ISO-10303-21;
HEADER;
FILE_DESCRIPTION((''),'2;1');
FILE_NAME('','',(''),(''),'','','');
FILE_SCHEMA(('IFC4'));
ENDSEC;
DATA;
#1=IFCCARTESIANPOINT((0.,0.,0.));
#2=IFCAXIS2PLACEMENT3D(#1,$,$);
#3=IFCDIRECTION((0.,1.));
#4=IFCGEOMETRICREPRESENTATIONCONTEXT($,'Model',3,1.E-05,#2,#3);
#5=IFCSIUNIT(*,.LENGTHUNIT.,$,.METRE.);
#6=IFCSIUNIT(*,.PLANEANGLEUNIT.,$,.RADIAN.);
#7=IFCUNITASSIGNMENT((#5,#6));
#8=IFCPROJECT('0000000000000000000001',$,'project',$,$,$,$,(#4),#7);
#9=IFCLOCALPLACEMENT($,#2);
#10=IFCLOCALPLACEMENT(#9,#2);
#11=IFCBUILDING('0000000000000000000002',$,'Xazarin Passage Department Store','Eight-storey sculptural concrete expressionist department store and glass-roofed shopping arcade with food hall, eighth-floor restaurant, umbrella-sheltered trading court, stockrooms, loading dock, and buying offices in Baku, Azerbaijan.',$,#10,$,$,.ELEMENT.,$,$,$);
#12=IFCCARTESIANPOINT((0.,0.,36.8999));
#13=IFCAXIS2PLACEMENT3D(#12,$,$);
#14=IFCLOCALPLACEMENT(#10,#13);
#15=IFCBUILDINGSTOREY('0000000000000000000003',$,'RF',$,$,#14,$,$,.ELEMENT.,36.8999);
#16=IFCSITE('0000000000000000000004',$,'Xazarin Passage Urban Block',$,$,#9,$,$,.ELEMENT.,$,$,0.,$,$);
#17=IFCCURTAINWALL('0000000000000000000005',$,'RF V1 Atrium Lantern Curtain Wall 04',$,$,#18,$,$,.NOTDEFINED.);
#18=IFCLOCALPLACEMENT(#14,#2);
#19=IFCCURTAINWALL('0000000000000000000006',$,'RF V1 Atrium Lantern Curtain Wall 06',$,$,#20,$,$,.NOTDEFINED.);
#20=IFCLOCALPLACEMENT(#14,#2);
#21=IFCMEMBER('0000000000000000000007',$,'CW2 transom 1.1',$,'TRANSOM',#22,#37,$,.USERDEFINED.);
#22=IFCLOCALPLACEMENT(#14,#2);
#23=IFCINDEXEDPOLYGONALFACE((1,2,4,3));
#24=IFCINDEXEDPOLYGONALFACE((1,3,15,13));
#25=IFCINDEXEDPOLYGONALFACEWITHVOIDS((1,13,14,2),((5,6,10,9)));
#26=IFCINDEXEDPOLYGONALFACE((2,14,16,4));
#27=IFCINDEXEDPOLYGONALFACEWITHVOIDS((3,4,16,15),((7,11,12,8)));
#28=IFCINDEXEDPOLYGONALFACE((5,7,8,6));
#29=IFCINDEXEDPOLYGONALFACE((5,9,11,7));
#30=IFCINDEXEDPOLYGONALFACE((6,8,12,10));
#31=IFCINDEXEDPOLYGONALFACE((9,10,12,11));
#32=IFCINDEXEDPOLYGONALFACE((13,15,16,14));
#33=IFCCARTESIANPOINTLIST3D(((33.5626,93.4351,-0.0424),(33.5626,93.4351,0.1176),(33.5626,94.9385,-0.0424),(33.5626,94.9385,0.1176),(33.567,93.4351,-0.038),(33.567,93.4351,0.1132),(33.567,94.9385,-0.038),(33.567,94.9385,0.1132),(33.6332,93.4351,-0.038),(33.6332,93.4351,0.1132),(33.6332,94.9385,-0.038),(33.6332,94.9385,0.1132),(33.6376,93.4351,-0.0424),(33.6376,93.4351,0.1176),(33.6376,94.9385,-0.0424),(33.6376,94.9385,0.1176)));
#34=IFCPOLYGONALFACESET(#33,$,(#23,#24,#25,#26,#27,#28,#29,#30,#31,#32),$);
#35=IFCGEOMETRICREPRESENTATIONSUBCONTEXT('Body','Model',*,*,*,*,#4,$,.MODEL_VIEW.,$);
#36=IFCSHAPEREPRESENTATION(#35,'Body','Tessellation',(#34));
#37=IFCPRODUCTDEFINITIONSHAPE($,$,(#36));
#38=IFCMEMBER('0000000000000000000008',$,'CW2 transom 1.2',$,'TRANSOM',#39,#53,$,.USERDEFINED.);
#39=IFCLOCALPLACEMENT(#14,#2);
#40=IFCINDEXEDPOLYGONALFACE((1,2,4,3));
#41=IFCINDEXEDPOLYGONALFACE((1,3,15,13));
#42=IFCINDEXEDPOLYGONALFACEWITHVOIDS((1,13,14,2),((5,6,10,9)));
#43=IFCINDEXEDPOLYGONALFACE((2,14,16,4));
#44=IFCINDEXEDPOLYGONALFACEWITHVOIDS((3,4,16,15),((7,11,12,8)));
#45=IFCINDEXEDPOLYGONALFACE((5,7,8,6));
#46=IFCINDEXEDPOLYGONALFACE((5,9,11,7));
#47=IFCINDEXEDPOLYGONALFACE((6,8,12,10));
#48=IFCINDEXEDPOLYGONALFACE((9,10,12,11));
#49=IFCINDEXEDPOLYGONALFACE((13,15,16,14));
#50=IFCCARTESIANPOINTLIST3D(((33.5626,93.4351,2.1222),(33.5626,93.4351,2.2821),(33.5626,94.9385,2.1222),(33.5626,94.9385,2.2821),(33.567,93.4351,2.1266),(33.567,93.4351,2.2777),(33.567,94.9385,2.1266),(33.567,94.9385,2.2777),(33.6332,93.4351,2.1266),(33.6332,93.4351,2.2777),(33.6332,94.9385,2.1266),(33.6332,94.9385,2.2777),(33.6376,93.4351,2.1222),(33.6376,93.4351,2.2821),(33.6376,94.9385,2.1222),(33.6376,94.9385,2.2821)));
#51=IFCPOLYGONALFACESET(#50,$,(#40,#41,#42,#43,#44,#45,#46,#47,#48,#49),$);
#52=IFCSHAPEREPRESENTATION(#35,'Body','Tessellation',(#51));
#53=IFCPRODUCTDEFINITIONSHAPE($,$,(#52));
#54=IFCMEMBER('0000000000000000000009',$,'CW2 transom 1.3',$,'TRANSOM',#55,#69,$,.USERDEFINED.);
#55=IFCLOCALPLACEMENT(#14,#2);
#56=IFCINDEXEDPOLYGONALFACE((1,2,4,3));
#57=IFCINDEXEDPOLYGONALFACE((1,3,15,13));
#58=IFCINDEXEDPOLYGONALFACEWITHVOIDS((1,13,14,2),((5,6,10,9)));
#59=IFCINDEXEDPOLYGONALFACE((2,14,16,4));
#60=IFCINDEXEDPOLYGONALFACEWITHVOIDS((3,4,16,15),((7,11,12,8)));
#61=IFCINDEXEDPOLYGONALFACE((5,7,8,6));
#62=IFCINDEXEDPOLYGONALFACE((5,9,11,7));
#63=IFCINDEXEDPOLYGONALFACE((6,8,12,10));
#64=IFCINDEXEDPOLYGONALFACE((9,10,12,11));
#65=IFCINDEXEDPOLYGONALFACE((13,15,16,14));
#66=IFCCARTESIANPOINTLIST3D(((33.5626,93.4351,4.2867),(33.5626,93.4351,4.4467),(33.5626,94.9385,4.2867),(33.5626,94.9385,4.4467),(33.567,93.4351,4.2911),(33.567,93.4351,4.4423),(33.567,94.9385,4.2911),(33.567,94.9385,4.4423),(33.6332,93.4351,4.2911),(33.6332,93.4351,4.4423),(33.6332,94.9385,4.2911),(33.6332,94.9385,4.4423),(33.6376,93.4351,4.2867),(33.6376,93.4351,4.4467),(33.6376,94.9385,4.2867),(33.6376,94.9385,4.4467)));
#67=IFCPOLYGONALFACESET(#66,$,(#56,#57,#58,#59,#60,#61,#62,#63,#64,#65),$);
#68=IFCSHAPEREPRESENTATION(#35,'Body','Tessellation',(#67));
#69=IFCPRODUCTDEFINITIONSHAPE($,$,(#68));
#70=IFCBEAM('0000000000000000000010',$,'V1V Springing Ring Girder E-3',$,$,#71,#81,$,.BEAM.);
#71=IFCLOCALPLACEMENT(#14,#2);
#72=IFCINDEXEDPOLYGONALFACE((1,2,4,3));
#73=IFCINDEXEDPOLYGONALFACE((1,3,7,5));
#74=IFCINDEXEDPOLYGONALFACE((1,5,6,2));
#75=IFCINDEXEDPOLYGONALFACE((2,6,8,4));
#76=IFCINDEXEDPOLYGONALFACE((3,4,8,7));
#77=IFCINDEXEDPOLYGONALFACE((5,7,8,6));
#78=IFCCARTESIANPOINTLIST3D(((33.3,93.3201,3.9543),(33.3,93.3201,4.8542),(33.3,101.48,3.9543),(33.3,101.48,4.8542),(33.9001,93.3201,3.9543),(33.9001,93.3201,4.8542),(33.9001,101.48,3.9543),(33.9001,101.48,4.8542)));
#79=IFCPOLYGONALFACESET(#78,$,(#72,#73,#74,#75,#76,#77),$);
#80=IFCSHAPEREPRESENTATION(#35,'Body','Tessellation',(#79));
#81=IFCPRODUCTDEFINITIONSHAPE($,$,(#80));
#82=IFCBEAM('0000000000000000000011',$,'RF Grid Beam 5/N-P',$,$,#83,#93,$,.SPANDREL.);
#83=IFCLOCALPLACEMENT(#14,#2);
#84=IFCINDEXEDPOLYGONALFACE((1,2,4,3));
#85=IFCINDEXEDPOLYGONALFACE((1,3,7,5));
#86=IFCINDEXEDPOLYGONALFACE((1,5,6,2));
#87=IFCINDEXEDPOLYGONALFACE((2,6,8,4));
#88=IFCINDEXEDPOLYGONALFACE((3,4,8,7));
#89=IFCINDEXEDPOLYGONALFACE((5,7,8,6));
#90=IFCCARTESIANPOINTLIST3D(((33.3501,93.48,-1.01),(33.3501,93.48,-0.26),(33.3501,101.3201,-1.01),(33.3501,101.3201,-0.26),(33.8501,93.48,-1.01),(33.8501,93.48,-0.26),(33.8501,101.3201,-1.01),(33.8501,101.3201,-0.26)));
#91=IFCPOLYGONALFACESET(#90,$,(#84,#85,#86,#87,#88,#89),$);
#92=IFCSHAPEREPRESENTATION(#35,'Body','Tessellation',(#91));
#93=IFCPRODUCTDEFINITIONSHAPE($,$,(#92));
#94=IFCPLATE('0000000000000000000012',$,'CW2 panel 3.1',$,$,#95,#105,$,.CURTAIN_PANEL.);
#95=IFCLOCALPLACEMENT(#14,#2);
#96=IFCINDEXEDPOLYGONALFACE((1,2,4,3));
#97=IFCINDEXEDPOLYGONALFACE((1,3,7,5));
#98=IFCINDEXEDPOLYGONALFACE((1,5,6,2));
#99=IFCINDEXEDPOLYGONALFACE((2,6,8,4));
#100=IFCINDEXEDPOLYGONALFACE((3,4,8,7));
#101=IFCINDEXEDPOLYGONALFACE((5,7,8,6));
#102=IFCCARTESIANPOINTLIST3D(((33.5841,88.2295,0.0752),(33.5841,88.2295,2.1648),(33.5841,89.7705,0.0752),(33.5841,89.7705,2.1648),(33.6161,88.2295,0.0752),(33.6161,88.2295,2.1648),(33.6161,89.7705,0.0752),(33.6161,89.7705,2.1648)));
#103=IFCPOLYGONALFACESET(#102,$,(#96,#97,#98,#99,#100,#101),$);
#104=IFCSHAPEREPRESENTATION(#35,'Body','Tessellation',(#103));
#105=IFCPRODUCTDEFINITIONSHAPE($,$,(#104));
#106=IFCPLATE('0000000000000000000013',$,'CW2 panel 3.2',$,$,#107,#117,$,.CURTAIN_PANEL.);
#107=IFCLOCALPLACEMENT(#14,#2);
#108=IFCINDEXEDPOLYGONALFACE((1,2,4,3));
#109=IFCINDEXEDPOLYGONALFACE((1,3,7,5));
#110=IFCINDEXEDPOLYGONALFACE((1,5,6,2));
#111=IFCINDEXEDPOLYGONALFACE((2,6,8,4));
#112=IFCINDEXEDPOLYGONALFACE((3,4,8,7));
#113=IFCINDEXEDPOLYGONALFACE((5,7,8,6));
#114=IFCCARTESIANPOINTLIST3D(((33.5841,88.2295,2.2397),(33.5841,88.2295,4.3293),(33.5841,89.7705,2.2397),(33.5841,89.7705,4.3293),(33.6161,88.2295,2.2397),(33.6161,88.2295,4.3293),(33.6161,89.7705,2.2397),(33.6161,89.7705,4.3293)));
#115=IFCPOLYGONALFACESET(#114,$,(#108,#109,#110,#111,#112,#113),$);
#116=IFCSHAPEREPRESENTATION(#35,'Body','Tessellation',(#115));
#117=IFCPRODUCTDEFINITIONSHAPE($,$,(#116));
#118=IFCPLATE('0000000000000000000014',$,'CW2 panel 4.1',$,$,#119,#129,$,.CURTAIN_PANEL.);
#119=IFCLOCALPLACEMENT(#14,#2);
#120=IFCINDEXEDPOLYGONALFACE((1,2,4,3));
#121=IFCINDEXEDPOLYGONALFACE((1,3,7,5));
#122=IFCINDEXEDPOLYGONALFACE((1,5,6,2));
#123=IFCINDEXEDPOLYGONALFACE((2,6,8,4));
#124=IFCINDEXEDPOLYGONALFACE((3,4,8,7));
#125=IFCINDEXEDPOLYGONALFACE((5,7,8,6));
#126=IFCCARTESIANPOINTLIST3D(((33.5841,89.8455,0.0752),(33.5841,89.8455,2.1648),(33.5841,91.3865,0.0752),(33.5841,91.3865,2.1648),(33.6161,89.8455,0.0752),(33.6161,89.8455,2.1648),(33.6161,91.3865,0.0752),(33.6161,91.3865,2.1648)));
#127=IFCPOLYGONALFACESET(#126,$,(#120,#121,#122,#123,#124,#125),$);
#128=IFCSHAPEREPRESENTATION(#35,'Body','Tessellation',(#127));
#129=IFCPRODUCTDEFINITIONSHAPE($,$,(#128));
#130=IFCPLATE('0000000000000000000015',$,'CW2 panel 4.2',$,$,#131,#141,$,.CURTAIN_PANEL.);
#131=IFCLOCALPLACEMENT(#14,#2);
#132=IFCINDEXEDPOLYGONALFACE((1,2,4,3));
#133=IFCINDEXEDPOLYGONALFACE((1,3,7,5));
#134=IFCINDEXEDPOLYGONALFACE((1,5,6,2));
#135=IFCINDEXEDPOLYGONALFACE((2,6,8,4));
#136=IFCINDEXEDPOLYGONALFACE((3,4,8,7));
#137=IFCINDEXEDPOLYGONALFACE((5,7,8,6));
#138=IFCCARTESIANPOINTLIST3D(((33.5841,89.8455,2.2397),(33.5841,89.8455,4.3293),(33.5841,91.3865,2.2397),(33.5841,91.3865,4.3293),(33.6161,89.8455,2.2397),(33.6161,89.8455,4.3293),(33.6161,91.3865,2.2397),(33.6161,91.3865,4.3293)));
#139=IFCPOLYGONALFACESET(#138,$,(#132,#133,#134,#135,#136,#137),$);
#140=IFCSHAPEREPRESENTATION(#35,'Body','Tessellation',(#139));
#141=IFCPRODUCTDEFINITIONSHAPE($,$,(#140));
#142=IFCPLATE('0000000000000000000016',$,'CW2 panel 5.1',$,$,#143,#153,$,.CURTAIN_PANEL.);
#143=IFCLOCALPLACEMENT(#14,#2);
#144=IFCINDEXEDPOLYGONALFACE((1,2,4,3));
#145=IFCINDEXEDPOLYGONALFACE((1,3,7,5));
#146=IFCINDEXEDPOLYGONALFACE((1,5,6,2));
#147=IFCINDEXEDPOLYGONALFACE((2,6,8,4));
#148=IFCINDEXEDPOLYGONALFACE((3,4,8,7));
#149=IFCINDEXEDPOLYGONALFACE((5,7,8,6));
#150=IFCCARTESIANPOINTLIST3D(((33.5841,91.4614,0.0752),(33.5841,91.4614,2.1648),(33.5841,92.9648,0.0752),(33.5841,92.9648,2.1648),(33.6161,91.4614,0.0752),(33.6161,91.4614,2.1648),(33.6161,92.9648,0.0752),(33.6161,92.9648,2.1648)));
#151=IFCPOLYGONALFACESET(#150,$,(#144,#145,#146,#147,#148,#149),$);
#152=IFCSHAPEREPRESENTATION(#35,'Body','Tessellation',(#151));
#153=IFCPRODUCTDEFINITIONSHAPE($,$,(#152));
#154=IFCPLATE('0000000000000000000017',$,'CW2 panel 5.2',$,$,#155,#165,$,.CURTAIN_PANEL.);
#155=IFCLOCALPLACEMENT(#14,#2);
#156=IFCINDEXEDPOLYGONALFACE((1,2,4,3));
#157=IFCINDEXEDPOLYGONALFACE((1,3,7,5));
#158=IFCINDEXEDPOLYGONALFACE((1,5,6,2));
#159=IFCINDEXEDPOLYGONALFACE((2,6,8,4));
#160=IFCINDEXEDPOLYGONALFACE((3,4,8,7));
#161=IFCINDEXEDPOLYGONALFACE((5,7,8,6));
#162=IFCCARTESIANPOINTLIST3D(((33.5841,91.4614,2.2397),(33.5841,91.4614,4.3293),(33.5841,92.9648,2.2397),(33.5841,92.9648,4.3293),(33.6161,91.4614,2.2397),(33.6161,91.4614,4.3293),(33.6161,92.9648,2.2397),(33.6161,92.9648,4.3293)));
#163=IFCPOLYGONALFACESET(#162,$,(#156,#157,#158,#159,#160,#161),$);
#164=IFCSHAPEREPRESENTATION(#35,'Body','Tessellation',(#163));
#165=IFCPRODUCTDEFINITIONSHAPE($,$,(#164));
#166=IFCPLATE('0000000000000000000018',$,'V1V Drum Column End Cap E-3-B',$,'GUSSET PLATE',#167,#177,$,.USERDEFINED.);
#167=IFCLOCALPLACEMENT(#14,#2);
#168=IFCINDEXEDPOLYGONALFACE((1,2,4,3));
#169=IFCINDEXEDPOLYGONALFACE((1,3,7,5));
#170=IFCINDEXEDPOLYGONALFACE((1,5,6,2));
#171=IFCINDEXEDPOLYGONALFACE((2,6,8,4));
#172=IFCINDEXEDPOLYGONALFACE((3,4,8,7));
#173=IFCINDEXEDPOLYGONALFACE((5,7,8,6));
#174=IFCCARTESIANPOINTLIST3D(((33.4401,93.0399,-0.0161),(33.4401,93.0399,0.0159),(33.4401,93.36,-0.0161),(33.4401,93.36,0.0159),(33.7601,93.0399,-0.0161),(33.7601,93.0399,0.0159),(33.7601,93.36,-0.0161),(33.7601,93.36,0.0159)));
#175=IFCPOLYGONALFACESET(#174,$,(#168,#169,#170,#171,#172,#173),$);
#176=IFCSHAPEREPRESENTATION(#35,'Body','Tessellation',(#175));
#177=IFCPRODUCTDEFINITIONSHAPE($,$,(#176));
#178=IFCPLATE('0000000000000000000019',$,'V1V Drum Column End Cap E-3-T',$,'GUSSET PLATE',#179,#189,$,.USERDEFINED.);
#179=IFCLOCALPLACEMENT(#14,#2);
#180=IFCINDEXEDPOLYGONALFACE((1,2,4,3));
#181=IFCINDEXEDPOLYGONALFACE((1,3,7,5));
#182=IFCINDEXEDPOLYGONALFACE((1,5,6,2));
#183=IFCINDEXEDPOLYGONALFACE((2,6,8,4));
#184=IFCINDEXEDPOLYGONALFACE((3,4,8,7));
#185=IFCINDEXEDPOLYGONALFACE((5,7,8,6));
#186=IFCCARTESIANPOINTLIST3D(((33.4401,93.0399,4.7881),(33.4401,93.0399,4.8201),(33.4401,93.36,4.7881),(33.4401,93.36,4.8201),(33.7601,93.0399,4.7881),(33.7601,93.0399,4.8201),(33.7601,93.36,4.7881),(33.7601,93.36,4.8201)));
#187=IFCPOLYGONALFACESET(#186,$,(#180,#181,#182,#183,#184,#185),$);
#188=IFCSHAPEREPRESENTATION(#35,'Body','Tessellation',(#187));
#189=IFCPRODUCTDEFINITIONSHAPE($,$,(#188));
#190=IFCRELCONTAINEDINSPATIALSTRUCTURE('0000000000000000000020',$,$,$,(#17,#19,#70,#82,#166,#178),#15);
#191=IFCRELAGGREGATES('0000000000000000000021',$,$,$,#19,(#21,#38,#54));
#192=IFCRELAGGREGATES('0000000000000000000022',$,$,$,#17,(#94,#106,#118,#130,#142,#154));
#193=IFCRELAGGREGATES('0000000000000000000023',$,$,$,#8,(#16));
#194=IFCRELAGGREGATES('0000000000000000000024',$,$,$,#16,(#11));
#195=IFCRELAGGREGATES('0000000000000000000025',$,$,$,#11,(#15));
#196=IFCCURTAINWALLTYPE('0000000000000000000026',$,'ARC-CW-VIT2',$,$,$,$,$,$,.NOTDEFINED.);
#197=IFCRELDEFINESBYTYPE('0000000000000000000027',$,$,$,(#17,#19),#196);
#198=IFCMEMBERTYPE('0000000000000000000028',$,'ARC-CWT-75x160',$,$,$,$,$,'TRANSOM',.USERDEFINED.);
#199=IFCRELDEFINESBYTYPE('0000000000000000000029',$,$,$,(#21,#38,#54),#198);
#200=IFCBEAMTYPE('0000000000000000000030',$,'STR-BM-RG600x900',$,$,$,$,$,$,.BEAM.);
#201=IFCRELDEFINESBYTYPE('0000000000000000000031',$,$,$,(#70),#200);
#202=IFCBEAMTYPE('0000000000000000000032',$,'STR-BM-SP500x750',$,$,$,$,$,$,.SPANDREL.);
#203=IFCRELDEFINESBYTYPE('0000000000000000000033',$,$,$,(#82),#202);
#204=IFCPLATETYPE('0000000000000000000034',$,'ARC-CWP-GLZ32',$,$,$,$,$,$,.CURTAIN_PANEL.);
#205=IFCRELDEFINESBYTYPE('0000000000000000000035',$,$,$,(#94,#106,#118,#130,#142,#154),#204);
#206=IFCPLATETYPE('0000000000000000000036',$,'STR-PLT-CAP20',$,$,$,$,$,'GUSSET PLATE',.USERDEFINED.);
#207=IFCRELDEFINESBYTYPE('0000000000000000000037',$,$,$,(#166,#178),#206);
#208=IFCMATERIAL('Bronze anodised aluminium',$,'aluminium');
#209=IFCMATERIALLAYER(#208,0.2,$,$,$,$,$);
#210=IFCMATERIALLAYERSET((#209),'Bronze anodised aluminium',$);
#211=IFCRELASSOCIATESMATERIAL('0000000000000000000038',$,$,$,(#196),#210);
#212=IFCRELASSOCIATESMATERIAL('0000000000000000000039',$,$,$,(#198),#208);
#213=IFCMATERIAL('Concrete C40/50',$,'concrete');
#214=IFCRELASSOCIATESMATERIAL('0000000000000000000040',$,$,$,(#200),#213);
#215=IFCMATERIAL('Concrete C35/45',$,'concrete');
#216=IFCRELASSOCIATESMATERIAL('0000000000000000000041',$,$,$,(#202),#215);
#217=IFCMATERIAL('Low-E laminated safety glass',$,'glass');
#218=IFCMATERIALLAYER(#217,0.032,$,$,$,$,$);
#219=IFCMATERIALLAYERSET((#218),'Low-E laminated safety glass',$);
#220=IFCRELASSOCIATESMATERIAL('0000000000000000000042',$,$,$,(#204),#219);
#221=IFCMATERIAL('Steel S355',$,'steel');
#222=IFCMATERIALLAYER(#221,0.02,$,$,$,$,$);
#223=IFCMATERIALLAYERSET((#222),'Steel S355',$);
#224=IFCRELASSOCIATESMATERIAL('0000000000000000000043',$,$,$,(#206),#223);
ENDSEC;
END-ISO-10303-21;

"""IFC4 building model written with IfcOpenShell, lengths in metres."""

from ifc_helpers import new_model, si_unit, direction, frame, origin, origin_2d, place, context, subcontext, project, spatial, rectangle, hollow_rectangle, extrude, material, layer, layer_set, material_profile, profile_set, type_object, element, aggregate, save


model = new_model("IFC4")

# Units and contexts
model_context = context("Model", 3, precision=1e-05, world=origin(), true_north=direction((0.0, 1.0)))
body_context = subcontext(model_context, "Body", "Model", "MODEL_VIEW")
ifc_project = project(units=[si_unit("LENGTHUNIT", "METRE"), si_unit("PLANEANGLEUNIT", "RADIAN")], contexts=[model_context])

# Site, building, storey
site_placement = place(None, origin())
site = spatial("IfcSite", under=ifc_project, at=site_placement, Name="Xazarin Passage Urban Block", CompositionType="ELEMENT", RefElevation=0.0)
building_placement = place(site_placement, origin())
building = spatial("IfcBuilding", under=site, at=building_placement, Name="Xazarin Passage Department Store", Description="Eight-storey sculptural concrete expressionist department store and glass-roofed shopping arcade with food hall, eighth-floor restaurant, umbrella-sheltered trading court, stockrooms, loading dock, and buying offices in Baku, Azerbaijan.", CompositionType="ELEMENT")
storey_placement = place(building_placement, frame((0.0, 0.0, 36.8999)))
storey = spatial("IfcBuildingStorey", under=building, at=storey_placement, Name="RF", CompositionType="ELEMENT", Elevation=36.8999)

# Shared definitions
ifc_material_1 = material(Name="Steel S355", Category="steel")

# Curtain wall
ifc_material_2 = material(Name="Bronze anodised aluminium", Category="aluminium")
ifc_layer_1 = layer(ifc_material_2, 0.2)
ifc_layer_set_1 = layer_set([ifc_layer_1], Name="Bronze anodised aluminium")
curtain_wall_type = type_object("IfcCurtainWallType", Name="ARC-CW-VIT2", PredefinedType="NOTDEFINED", material=ifc_layer_set_1)
curtain_wall_1_placement = place(storey_placement, origin())
curtain_wall_1 = element("IfcCurtainWall", 1, at=curtain_wall_1_placement, inside=storey, type_object=curtain_wall_type, Name="RF V1 Atrium Lantern Curtain Wall 04", PredefinedType="NOTDEFINED")

# Curtain wall
curtain_wall_2_placement = place(storey_placement, origin())
curtain_wall_2 = element("IfcCurtainWall", 2, at=curtain_wall_2_placement, inside=storey, type_object=curtain_wall_type, Name="RF V1 Atrium Lantern Curtain Wall 06", PredefinedType="NOTDEFINED")

# Members
ifc_material_profile_1 = material_profile(ifc_material_2, hollow_rectangle(XDim=0.075, YDim=0.1599, WallThickness=0.0044, at=origin_2d()), Name="ALU 75x160")
ifc_profile_set_1 = profile_set([ifc_material_profile_1], Name="Bronze anodised aluminium")
member_type_1 = type_object("IfcMemberType", Name="ARC-CWT-75x160", ElementType="TRANSOM", PredefinedType="USERDEFINED", material=ifc_profile_set_1)
member_1_placement = place(storey_placement, frame((33.6001, 93.4351, 0.0376), z_axis=(0.0, 1.0, 0.0), x_axis=(-1.0, 0.0, 0.0)))
member_1 = element("IfcMember", 3, at=member_1_placement, type_object=member_type_1, Name="CW2 transom 1.1", ObjectType="TRANSOM", PredefinedType="USERDEFINED", context=body_context, shape_type="SweptSolid", body=[
    extrude(hollow_rectangle(XDim=0.075, YDim=0.1599, WallThickness=0.0044, at=origin_2d()), origin(), (0.0, 0.0, 1.0), 1.5034),
])
member_2_placement = place(storey_placement, frame((33.6001, 93.4351, 2.2021), z_axis=(0.0, 1.0, 0.0), x_axis=(-1.0, 0.0, 0.0)))
member_2 = element("IfcMember", 4, at=member_2_placement, type_object=member_type_1, Name="CW2 transom 1.2", ObjectType="TRANSOM", PredefinedType="USERDEFINED", context=body_context, shape_type="SweptSolid", body=[
    extrude(hollow_rectangle(XDim=0.075, YDim=0.1599, WallThickness=0.0044, at=origin_2d()), origin(), (0.0, 0.0, 1.0), 1.5034),
])
member_3_placement = place(storey_placement, frame((33.6001, 93.4351, 4.3667), z_axis=(0.0, 1.0, 0.0), x_axis=(-1.0, 0.0, 0.0)))
member_3 = element("IfcMember", 5, at=member_3_placement, type_object=member_type_1, Name="CW2 transom 1.3", ObjectType="TRANSOM", PredefinedType="USERDEFINED", context=body_context, shape_type="SweptSolid", body=[
    extrude(hollow_rectangle(XDim=0.075, YDim=0.1599, WallThickness=0.0044, at=origin_2d()), origin(), (0.0, 0.0, 1.0), 1.5034),
])
aggregate(curtain_wall_2, [member_1, member_2, member_3])

# Beams
ifc_material_3 = material(Name="Concrete C40/50", Category="concrete")
ifc_material_profile_2 = material_profile(ifc_material_3, rectangle(XDim=0.6001, YDim=0.8999, at=origin_2d()), Name="RC 600x900")
ifc_profile_set_2 = profile_set([ifc_material_profile_2], Name="Concrete C40/50")
beam_type_1 = type_object("IfcBeamType", Name="STR-BM-RG600x900", PredefinedType="BEAM", material=ifc_profile_set_2)
beam_1_placement = place(storey_placement, frame((33.6001, 93.3201, 4.4043), z_axis=(0.0, 1.0, 0.0), x_axis=(-1.0, 0.0, 0.0)))
element("IfcBeam", 6, at=beam_1_placement, inside=storey, type_object=beam_type_1, Name="V1V Springing Ring Girder E-3", PredefinedType="BEAM", context=body_context, shape_type="SweptSolid", body=[
    extrude(rectangle(XDim=0.6001, YDim=0.8999, at=origin_2d()), origin(), (0.0, 0.0, 1.0), 8.1599),
])
ifc_material_4 = material(Name="Concrete C35/45", Category="concrete")
ifc_material_profile_3 = material_profile(ifc_material_4, rectangle(XDim=0.5, YDim=0.75, at=origin_2d()), Name="RC 500x750")
ifc_profile_set_3 = profile_set([ifc_material_profile_3], Name="Concrete C35/45")
beam_type_2 = type_object("IfcBeamType", Name="STR-BM-SP500x750", PredefinedType="SPANDREL", material=ifc_profile_set_3)
beam_2_placement = place(storey_placement, frame((33.6001, 93.48, -0.635), z_axis=(0.0, 1.0, 0.0), x_axis=(-1.0, 0.0, 0.0)))
element("IfcBeam", 7, at=beam_2_placement, inside=storey, type_object=beam_type_2, Name="RF Grid Beam 5/N-P", PredefinedType="SPANDREL", context=body_context, shape_type="SweptSolid", body=[
    extrude(rectangle(XDim=0.5, YDim=0.75, at=origin_2d()), origin(), (0.0, 0.0, 1.0), 7.8401),
])

# Plates
ifc_material_5 = material(Name="Low-E laminated safety glass", Category="glass")
ifc_layer_2 = layer(ifc_material_5, 0.032)
ifc_layer_set_2 = layer_set([ifc_layer_2], Name="Low-E laminated safety glass")
plate_type_1 = type_object("IfcPlateType", Name="ARC-CWP-GLZ32", PredefinedType="CURTAIN_PANEL", material=ifc_layer_set_2)
plate_1_placement = place(storey_placement, frame((33.6001, 89.0, 0.0752), z_axis=(0.0, 0.0, 1.0), x_axis=(0.0, 1.0, 0.0)))
plate_1 = element("IfcPlate", 8, at=plate_1_placement, type_object=plate_type_1, Name="CW2 panel 3.1", PredefinedType="CURTAIN_PANEL", context=body_context, shape_type="SweptSolid", body=[
    extrude(rectangle(XDim=1.541, YDim=0.032, at=origin_2d()), origin(), (0.0, 0.0, 1.0), 2.0896),
])
plate_2_placement = place(storey_placement, frame((33.6001, 89.0, 2.2397), z_axis=(0.0, 0.0, 1.0), x_axis=(0.0, 1.0, 0.0)))
plate_2 = element("IfcPlate", 9, at=plate_2_placement, type_object=plate_type_1, Name="CW2 panel 3.2", PredefinedType="CURTAIN_PANEL", context=body_context, shape_type="SweptSolid", body=[
    extrude(rectangle(XDim=1.541, YDim=0.032, at=origin_2d()), origin(), (0.0, 0.0, 1.0), 2.0896),
])
plate_3_placement = place(storey_placement, frame((33.6001, 90.616, 0.0752), z_axis=(0.0, 0.0, 1.0), x_axis=(0.0, 1.0, 0.0)))
plate_3 = element("IfcPlate", 10, at=plate_3_placement, type_object=plate_type_1, Name="CW2 panel 4.1", PredefinedType="CURTAIN_PANEL", context=body_context, shape_type="SweptSolid", body=[
    extrude(rectangle(XDim=1.541, YDim=0.032, at=origin_2d()), origin(), (0.0, 0.0, 1.0), 2.0896),
])
plate_4_placement = place(storey_placement, frame((33.6001, 90.616, 2.2397), z_axis=(0.0, 0.0, 1.0), x_axis=(0.0, 1.0, 0.0)))
plate_4 = element("IfcPlate", 11, at=plate_4_placement, type_object=plate_type_1, Name="CW2 panel 4.2", PredefinedType="CURTAIN_PANEL", context=body_context, shape_type="SweptSolid", body=[
    extrude(rectangle(XDim=1.541, YDim=0.032, at=origin_2d()), origin(), (0.0, 0.0, 1.0), 2.0896),
])
plate_5_placement = place(storey_placement, frame((33.6001, 92.2131, 0.0752), z_axis=(0.0, 0.0, 1.0), x_axis=(0.0, 1.0, 0.0)))
plate_5 = element("IfcPlate", 12, at=plate_5_placement, type_object=plate_type_1, Name="CW2 panel 5.1", PredefinedType="CURTAIN_PANEL", context=body_context, shape_type="SweptSolid", body=[
    extrude(rectangle(XDim=1.5034, YDim=0.032, at=origin_2d()), origin(), (0.0, 0.0, 1.0), 2.0896),
])
plate_6_placement = place(storey_placement, frame((33.6001, 92.2131, 2.2397), z_axis=(0.0, 0.0, 1.0), x_axis=(0.0, 1.0, 0.0)))
plate_6 = element("IfcPlate", 13, at=plate_6_placement, type_object=plate_type_1, Name="CW2 panel 5.2", PredefinedType="CURTAIN_PANEL", context=body_context, shape_type="SweptSolid", body=[
    extrude(rectangle(XDim=1.5034, YDim=0.032, at=origin_2d()), origin(), (0.0, 0.0, 1.0), 2.0896),
])
aggregate(curtain_wall_1, [plate_1, plate_2, plate_3, plate_4, plate_5, plate_6])

# Plates
ifc_layer_3 = layer(ifc_material_1, 0.02)
ifc_layer_set_3 = layer_set([ifc_layer_3], Name="Steel S355")
plate_type_2 = type_object("IfcPlateType", Name="STR-PLT-CAP20", ElementType="GUSSET PLATE", PredefinedType="USERDEFINED", material=ifc_layer_set_3)
for number, where, z_axis, x_axis, name in (
    (14, (33.6001, 93.2, -0.0161), (0.0, 0.0, 1.0), (1.0, 0.0, 0.0), "V1V Drum Column End Cap E-3-B"),
    (15, (33.6001, 93.2, 4.7881), (0.0, 0.0, 1.0), (1.0, 0.0, 0.0), "V1V Drum Column End Cap E-3-T"),
):
    element("IfcPlate", number, at=place(storey_placement, frame(where, z_axis=z_axis, x_axis=x_axis)), inside=storey, type_object=plate_type_2, Name=name, ObjectType="GUSSET PLATE", PredefinedType="USERDEFINED", context=body_context, shape_type="SweptSolid", body=[
        extrude(rectangle(XDim=0.3201, YDim=0.3201, at=origin_2d()), origin(), (0.0, 0.0, 1.0), 0.032),
    ])

save(model, "model.ifc")
